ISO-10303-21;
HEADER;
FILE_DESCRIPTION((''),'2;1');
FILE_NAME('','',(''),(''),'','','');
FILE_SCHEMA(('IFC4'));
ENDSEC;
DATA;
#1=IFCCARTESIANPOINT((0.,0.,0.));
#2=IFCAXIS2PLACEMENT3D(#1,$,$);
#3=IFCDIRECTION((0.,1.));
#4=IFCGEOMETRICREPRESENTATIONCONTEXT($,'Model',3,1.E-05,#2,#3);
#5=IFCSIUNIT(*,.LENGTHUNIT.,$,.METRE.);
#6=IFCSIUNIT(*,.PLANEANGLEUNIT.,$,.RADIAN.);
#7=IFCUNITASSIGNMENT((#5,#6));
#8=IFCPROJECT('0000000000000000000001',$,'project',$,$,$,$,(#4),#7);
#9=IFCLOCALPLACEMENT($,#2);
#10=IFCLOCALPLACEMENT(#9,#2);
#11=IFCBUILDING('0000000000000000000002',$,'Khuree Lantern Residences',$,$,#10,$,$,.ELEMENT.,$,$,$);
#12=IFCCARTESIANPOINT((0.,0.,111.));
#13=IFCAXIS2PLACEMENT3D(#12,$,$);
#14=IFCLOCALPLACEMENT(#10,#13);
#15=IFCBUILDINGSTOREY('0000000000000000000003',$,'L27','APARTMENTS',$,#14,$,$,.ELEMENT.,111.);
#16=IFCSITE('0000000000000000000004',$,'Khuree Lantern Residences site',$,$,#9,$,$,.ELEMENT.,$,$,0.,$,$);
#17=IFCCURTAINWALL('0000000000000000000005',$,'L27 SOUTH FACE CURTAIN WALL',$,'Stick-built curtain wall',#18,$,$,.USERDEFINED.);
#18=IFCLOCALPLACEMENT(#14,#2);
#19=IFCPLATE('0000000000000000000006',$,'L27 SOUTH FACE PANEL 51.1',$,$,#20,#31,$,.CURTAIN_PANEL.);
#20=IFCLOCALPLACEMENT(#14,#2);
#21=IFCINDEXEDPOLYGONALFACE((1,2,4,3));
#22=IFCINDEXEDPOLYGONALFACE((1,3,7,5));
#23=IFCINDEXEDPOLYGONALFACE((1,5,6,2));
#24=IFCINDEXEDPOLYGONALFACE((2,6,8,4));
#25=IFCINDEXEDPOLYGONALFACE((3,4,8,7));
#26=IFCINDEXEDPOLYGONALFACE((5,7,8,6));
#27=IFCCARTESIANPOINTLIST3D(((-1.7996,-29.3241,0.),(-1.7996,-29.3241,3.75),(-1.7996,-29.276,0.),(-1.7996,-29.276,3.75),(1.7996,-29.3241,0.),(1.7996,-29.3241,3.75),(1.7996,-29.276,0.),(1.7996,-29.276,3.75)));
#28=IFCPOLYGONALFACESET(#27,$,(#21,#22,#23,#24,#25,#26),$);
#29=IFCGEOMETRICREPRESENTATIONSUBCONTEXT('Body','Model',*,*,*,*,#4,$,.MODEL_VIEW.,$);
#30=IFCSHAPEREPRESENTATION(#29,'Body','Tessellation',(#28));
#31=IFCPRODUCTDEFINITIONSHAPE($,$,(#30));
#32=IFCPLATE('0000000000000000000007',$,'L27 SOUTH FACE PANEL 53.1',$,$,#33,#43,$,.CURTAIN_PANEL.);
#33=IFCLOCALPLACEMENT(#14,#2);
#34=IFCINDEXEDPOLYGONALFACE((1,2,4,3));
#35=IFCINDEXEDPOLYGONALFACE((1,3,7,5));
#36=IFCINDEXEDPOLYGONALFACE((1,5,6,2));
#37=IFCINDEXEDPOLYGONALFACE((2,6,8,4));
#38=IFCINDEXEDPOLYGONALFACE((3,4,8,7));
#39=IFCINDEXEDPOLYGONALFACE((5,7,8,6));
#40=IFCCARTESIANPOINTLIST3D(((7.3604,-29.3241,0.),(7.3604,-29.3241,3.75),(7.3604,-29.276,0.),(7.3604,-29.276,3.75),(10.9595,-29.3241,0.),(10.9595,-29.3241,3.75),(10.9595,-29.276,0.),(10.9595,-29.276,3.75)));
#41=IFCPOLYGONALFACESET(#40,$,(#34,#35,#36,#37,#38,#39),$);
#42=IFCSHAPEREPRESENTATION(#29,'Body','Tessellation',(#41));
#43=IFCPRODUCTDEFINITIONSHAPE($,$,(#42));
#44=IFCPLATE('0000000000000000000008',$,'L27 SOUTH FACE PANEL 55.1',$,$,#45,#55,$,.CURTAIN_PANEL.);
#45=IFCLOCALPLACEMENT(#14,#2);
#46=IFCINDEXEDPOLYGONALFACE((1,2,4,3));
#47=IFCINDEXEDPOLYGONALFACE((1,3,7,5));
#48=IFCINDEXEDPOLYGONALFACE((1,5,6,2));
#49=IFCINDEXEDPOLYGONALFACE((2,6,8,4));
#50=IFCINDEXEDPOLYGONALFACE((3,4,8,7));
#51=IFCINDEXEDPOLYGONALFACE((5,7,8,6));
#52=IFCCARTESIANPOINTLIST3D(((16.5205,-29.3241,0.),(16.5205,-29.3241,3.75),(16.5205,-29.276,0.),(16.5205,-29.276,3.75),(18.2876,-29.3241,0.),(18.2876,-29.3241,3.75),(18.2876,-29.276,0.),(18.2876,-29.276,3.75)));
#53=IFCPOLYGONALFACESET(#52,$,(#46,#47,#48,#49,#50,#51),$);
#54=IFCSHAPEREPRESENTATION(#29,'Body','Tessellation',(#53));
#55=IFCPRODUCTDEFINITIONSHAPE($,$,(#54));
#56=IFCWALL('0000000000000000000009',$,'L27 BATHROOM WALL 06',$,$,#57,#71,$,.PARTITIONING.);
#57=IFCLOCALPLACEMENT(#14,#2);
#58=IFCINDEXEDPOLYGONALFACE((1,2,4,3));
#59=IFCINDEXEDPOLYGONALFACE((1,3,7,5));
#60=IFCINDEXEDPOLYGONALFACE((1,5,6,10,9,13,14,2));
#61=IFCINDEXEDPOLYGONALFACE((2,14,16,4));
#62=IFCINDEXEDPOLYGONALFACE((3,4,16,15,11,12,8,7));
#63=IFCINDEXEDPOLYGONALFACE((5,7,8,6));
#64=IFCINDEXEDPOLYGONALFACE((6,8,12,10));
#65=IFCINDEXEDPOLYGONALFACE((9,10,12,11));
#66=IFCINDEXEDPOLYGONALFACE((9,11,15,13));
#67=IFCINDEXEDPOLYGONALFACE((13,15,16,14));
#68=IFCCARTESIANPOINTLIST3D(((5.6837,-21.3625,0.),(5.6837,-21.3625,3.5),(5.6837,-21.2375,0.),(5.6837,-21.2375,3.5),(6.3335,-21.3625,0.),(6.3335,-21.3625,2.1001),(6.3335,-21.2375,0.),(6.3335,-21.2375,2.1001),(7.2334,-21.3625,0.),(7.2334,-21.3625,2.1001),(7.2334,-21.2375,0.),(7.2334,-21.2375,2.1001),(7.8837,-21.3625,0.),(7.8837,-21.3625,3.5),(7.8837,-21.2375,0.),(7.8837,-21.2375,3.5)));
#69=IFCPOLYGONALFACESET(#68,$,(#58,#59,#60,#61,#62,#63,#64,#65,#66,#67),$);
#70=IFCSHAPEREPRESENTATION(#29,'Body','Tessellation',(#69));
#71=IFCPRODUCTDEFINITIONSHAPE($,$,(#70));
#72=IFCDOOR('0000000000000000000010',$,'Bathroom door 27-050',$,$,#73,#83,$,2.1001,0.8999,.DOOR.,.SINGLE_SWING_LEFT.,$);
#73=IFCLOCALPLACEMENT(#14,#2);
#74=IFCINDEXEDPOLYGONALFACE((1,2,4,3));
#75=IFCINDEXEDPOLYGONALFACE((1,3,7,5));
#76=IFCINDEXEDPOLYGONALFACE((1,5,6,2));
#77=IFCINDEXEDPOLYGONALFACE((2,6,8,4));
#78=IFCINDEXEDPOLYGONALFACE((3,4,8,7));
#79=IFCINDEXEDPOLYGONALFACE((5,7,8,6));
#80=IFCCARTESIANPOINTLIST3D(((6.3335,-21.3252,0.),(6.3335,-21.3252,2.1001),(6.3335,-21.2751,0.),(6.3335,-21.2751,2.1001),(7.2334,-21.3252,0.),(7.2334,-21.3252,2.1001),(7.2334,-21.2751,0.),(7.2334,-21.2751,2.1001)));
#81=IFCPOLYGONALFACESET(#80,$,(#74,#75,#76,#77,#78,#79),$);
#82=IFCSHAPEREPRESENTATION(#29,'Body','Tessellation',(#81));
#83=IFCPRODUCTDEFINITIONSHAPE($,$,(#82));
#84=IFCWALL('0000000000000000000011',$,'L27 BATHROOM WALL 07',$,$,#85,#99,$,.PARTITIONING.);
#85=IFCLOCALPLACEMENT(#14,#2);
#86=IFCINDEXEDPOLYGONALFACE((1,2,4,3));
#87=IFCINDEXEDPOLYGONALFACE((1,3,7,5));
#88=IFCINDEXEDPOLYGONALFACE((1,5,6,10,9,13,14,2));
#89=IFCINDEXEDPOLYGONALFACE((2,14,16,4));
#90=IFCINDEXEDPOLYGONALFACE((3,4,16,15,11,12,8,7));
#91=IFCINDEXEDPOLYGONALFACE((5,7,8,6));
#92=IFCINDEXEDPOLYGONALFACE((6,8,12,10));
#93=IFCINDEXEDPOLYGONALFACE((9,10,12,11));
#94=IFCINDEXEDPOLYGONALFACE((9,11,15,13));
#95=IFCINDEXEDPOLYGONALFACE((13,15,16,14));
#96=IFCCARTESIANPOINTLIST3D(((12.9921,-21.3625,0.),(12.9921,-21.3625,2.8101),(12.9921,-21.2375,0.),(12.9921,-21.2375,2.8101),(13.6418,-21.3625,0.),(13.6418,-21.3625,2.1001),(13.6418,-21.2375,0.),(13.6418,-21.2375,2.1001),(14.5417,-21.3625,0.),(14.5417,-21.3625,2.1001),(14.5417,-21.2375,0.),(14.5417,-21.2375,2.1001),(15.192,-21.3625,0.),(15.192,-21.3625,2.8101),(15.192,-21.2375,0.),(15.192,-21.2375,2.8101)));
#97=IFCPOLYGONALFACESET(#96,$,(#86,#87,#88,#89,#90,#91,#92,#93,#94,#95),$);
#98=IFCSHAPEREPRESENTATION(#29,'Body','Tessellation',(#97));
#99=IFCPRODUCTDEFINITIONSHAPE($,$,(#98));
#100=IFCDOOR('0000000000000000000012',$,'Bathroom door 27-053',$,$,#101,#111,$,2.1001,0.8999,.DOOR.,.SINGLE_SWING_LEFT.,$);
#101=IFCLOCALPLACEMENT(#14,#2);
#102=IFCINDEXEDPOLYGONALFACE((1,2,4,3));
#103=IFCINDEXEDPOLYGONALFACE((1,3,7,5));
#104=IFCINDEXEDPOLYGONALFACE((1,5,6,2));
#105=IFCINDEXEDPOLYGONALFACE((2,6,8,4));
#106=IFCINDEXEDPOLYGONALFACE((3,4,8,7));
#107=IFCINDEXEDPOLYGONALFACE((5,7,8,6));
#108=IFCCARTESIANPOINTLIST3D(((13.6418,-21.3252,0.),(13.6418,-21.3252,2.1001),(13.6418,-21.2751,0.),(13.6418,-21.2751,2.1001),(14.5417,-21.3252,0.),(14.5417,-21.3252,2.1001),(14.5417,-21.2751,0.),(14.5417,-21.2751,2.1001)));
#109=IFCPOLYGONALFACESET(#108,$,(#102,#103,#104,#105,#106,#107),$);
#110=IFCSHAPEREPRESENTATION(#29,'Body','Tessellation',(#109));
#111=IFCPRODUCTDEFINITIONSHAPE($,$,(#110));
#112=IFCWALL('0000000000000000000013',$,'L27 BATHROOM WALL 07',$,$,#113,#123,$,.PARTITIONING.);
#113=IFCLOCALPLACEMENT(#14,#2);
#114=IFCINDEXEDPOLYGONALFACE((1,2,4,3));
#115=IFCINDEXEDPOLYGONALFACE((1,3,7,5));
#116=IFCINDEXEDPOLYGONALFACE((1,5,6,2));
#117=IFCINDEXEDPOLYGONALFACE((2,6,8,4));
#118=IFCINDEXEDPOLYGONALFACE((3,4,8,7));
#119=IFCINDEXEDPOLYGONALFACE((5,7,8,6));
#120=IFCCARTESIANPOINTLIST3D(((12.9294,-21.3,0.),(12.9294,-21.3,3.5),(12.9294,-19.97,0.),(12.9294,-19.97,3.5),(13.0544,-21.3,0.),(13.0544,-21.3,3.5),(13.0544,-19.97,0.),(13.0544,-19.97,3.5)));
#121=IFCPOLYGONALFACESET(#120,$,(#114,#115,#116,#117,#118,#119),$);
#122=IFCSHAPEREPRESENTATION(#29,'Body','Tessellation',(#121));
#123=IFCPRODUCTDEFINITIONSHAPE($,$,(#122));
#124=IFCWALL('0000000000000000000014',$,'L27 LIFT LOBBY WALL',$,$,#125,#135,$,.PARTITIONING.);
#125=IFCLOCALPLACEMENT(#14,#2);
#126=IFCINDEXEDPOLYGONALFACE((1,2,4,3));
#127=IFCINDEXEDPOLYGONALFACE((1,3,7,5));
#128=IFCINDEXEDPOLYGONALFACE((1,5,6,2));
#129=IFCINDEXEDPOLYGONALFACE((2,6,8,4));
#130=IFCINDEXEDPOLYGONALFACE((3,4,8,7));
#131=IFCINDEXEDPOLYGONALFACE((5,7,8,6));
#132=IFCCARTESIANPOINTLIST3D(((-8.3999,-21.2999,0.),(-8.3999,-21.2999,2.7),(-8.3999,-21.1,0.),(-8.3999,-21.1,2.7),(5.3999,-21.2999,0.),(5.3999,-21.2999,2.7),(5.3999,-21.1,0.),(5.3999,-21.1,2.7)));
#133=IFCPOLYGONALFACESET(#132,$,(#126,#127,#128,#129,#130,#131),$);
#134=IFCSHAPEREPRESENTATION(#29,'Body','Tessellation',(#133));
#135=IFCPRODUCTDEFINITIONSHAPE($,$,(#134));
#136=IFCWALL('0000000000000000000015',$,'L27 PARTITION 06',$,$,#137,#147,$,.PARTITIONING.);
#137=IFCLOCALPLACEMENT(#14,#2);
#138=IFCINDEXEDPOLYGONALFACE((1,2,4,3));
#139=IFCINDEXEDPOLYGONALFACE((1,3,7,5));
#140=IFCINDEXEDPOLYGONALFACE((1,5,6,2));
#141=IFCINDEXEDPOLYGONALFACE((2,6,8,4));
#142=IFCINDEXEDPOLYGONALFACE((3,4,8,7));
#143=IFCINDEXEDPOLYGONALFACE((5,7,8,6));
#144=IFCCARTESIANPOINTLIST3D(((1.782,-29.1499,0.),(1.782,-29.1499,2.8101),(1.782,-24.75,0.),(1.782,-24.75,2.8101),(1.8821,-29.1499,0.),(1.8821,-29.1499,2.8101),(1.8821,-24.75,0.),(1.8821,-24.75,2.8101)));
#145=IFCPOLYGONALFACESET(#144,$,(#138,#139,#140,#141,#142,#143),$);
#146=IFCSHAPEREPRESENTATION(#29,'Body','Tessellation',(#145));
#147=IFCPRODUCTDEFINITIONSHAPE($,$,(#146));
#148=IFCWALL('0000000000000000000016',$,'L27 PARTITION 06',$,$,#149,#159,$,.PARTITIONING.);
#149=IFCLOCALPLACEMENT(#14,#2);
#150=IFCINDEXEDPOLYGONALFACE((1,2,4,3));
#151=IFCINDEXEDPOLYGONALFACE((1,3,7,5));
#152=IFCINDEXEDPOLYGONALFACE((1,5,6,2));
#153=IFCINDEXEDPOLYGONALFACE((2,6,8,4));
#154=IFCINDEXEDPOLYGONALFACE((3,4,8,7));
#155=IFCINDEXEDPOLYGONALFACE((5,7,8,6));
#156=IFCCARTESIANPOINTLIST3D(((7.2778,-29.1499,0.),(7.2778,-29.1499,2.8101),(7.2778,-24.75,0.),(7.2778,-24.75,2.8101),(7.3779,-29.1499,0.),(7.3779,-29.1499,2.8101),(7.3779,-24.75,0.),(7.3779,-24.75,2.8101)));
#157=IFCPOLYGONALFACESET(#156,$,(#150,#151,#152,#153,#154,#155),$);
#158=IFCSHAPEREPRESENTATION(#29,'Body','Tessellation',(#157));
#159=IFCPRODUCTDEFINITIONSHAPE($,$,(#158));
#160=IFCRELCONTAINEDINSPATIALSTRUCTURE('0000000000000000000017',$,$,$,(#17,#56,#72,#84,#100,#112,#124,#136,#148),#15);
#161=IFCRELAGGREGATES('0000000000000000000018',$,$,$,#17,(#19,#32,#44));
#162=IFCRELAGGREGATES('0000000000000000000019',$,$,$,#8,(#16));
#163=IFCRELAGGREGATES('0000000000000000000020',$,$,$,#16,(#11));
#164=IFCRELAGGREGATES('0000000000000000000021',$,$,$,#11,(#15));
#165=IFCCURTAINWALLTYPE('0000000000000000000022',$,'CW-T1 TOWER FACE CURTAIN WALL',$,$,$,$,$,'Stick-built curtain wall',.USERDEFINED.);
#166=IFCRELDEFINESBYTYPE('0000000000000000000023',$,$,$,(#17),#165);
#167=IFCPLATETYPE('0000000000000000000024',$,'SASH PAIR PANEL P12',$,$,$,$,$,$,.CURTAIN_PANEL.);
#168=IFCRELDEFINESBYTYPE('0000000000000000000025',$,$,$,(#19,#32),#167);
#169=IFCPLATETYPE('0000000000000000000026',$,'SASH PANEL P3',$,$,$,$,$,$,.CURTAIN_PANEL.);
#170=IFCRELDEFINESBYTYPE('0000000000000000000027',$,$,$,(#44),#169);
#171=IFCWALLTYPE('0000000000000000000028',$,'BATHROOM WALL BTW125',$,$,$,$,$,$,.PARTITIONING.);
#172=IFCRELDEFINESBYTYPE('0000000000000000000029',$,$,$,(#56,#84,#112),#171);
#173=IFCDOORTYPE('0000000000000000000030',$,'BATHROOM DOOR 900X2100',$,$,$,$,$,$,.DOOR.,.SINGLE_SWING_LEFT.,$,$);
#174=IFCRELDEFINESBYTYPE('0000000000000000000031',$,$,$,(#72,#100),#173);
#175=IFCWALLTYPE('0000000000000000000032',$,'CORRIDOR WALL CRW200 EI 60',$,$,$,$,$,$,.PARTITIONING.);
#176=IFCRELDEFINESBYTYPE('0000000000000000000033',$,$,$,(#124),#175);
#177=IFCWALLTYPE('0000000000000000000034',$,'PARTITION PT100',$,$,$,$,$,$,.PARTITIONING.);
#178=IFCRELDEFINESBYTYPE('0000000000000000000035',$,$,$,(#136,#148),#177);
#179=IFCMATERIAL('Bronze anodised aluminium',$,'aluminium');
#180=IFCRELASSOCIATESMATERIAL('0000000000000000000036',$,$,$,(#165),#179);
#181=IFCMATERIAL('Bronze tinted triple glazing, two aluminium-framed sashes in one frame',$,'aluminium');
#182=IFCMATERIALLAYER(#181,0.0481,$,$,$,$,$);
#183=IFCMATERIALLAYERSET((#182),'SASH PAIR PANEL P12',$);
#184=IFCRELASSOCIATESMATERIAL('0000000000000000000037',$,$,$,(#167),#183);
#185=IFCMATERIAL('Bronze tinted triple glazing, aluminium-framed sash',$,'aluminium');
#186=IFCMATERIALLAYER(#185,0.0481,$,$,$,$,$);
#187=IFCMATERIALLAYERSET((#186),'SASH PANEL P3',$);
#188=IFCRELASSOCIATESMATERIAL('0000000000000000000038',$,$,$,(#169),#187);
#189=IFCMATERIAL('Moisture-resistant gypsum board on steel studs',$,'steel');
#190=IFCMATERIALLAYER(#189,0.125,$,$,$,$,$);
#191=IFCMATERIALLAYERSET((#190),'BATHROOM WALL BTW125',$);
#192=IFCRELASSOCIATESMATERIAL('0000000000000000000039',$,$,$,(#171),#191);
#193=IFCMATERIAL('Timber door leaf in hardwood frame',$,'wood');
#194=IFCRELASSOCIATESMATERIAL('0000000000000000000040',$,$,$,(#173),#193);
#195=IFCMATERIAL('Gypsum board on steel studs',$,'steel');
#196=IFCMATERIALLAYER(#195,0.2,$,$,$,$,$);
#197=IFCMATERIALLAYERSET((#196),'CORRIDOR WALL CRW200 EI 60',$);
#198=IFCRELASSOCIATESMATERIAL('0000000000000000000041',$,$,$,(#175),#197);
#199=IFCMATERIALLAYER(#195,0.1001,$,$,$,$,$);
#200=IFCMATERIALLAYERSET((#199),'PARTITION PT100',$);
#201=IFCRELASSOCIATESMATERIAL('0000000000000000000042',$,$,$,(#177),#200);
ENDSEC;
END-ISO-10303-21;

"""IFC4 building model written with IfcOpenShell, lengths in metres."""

from ifc_helpers import new_model, si_unit, direction, frame, frame_2d, origin, origin_2d, place, context, subcontext, project, spatial, rectangle, extrude, material, layer, layer_set, type_object, element, fill, aggregate, save


model = new_model("IFC4")

# Units and contexts
model_context = context("Model", 3, precision=1e-05, world=origin(), true_north=direction((0.0, 1.0)))
body_context = subcontext(model_context, "Body", "Model", "MODEL_VIEW")
ifc_project = project(units=[si_unit("LENGTHUNIT", "METRE"), si_unit("PLANEANGLEUNIT", "RADIAN")], contexts=[model_context])

# Site, building, storey
site_placement = place(None, origin())
site = spatial("IfcSite", under=ifc_project, at=site_placement, Name="Khuree Lantern Residences site", CompositionType="ELEMENT", RefElevation=0.0)
building_placement = place(site_placement, origin())
building = spatial("IfcBuilding", under=site, at=building_placement, Name="Khuree Lantern Residences", CompositionType="ELEMENT")
storey_placement = place(building_placement, frame((0.0, 0.0, 111.0)))
storey = spatial("IfcBuildingStorey", under=building, at=storey_placement, Name="L27", Description="APARTMENTS", CompositionType="ELEMENT", Elevation=111.0)

# Curtain wall
ifc_material_1 = material(Name="Bronze anodised aluminium", Category="aluminium")
curtain_wall_type = type_object("IfcCurtainWallType", Name="CW-T1 TOWER FACE CURTAIN WALL", ElementType="Stick-built curtain wall", PredefinedType="USERDEFINED", material=ifc_material_1)
curtain_wall_placement = place(storey_placement, origin())
curtain_wall = element("IfcCurtainWall", 1, at=curtain_wall_placement, inside=storey, type_object=curtain_wall_type, Name="L27 SOUTH FACE CURTAIN WALL", ObjectType="Stick-built curtain wall", PredefinedType="USERDEFINED")

# Plates
ifc_material_2 = material(Name="Bronze tinted triple glazing, two aluminium-framed sashes in one frame", Category="aluminium")
ifc_layer_1 = layer(ifc_material_2, 0.0481)
ifc_layer_set_1 = layer_set([ifc_layer_1], Name="SASH PAIR PANEL P12")
plate_type_1 = type_object("IfcPlateType", Name="SASH PAIR PANEL P12", PredefinedType="CURTAIN_PANEL", material=ifc_layer_set_1)
plate_1_placement = place(storey_placement, frame((0.0, -29.3, 0.0), z_axis=(0.0, 0.0, 1.0), x_axis=(1.0, 0.0, 0.0)))
plate_1 = element("IfcPlate", 2, at=plate_1_placement, type_object=plate_type_1, Name="L27 SOUTH FACE PANEL 51.1", PredefinedType="CURTAIN_PANEL", context=body_context, shape_type="SweptSolid", body=[
    extrude(rectangle(XDim=3.5991, YDim=0.0481, at=origin_2d()), origin(), (0.0, 0.0, 1.0), 3.75),
])
plate_2_placement = place(storey_placement, frame((9.1599, -29.3, 0.0), z_axis=(0.0, 0.0, 1.0), x_axis=(1.0, 0.0, 0.0)))
plate_2 = element("IfcPlate", 3, at=plate_2_placement, type_object=plate_type_1, Name="L27 SOUTH FACE PANEL 53.1", PredefinedType="CURTAIN_PANEL", context=body_context, shape_type="SweptSolid", body=[
    extrude(rectangle(XDim=3.5991, YDim=0.0481, at=origin_2d()), origin(), (0.0, 0.0, 1.0), 3.75),
])
ifc_material_3 = material(Name="Bronze tinted triple glazing, aluminium-framed sash", Category="aluminium")
ifc_layer_2 = layer(ifc_material_3, 0.0481)
ifc_layer_set_2 = layer_set([ifc_layer_2], Name="SASH PANEL P3")
plate_type_2 = type_object("IfcPlateType", Name="SASH PANEL P3", PredefinedType="CURTAIN_PANEL", material=ifc_layer_set_2)
plate_3_placement = place(storey_placement, frame((17.4041, -29.3, 0.0), z_axis=(0.0, 0.0, 1.0), x_axis=(1.0, 0.0, 0.0)))
plate_3 = element("IfcPlate", 4, at=plate_3_placement, type_object=plate_type_2, Name="L27 SOUTH FACE PANEL 55.1", PredefinedType="CURTAIN_PANEL", context=body_context, shape_type="SweptSolid", body=[
    extrude(rectangle(XDim=1.7671, YDim=0.0481, at=origin_2d()), origin(), (0.0, 0.0, 1.0), 3.75),
])
aggregate(curtain_wall, [plate_1, plate_2, plate_3])

# Walls, openings, doors
ifc_material_4 = material(Name="Moisture-resistant gypsum board on steel studs", Category="steel")
ifc_layer_3 = layer(ifc_material_4, 0.125)
ifc_layer_set_3 = layer_set([ifc_layer_3], Name="BATHROOM WALL BTW125")
wall_type_1 = type_object("IfcWallType", Name="BATHROOM WALL BTW125", PredefinedType="PARTITIONING", material=ifc_layer_set_3)
wall_1_placement = place(storey_placement, frame((5.6836, -21.3, 0.0), z_axis=(0.0, 0.0, 1.0), x_axis=(1.0, 0.0, 0.0)))
wall_1 = element("IfcWall", 5, at=wall_1_placement, inside=storey, type_object=wall_type_1, Name="L27 BATHROOM WALL 06", PredefinedType="PARTITIONING", context=body_context, shape_type="SweptSolid", body=[
    extrude(rectangle(XDim=2.2, YDim=0.125, at=frame_2d((1.1001, 0.0))), origin(), (0.0, 0.0, 1.0), 3.5),
])
opening_1_placement = place(wall_1_placement, frame((0.6499, 0.0, 0.0)))
opening_1 = element("IfcOpeningElement", 6, at=opening_1_placement, cuts=wall_1, PredefinedType="OPENING", context=body_context, shape_type="SweptSolid", body=[
    extrude(rectangle(XDim=0.8999, YDim=2.1001, at=frame_2d((0.45, 1.05))), frame((0.0, 0.0725, 0.0), z_axis=(0.0, -1.0, 0.0), x_axis=(1.0, 0.0, 0.0)), (0.0, 0.0, 1.0), 0.145),
])
ifc_material_5 = material(Name="Timber door leaf in hardwood frame", Category="wood")
door_type_1 = type_object("IfcDoorType", Name="BATHROOM DOOR 900X2100", OperationType="SINGLE_SWING_LEFT", PredefinedType="DOOR", material=ifc_material_5)
door_1_placement = place(opening_1_placement, origin())
door_1 = element("IfcDoor", 7, at=door_1_placement, inside=storey, type_object=door_type_1, Name="Bathroom door 27-050", OperationType="SINGLE_SWING_LEFT", OverallHeight=2.1001, OverallWidth=0.8999, PredefinedType="DOOR", context=body_context, shape_type="SweptSolid", body=[
    extrude(rectangle(XDim=0.8999, YDim=2.1001, at=frame_2d((0.45, 1.05))), frame((0.0, 0.0249, 0.0), z_axis=(0.0, -1.0, 0.0), x_axis=(1.0, 0.0, 0.0)), (0.0, 0.0, 1.0), 0.05),
])
fill(opening_1, door_1)
wall_2_placement = place(storey_placement, frame((12.9919, -21.3, 0.0), z_axis=(0.0, 0.0, 1.0), x_axis=(1.0, 0.0, 0.0)))
wall_2 = element("IfcWall", 8, at=wall_2_placement, inside=storey, type_object=wall_type_1, Name="L27 BATHROOM WALL 07", PredefinedType="PARTITIONING", context=body_context, shape_type="SweptSolid", body=[
    extrude(rectangle(XDim=2.2, YDim=0.125, at=frame_2d((1.1001, 0.0))), origin(), (0.0, 0.0, 1.0), 2.8101),
])
opening_2_placement = place(wall_2_placement, frame((0.6499, 0.0, 0.0)))
opening_2 = element("IfcOpeningElement", 9, at=opening_2_placement, cuts=wall_2, PredefinedType="OPENING", context=body_context, shape_type="SweptSolid", body=[
    extrude(rectangle(XDim=0.8999, YDim=2.1001, at=frame_2d((0.45, 1.05))), frame((0.0, 0.0725, 0.0), z_axis=(0.0, -1.0, 0.0), x_axis=(1.0, 0.0, 0.0)), (0.0, 0.0, 1.0), 0.145),
])
door_2_placement = place(opening_2_placement, origin())
door_2 = element("IfcDoor", 10, at=door_2_placement, inside=storey, type_object=door_type_1, Name="Bathroom door 27-053", OperationType="SINGLE_SWING_LEFT", OverallHeight=2.1001, OverallWidth=0.8999, PredefinedType="DOOR", context=body_context, shape_type="SweptSolid", body=[
    extrude(rectangle(XDim=0.8999, YDim=2.1001, at=frame_2d((0.45, 1.05))), frame((0.0, 0.0249, 0.0), z_axis=(0.0, -1.0, 0.0), x_axis=(1.0, 0.0, 0.0)), (0.0, 0.0, 1.0), 0.05),
])
fill(opening_2, door_2)

# Walls
wall_3_placement = place(storey_placement, frame((12.9919, -19.97, 0.0), z_axis=(0.0, 0.0, 1.0), x_axis=(0.0, -1.0, 0.0)))
element("IfcWall", 11, at=wall_3_placement, inside=storey, type_object=wall_type_1, Name="L27 BATHROOM WALL 07", PredefinedType="PARTITIONING", context=body_context, shape_type="SweptSolid", body=[
    extrude(rectangle(XDim=1.3301, YDim=0.125, at=frame_2d((0.665, 0.0))), origin(), (0.0, 0.0, 1.0), 3.5),
])
ifc_material_6 = material(Name="Gypsum board on steel studs", Category="steel")
ifc_layer_4 = layer(ifc_material_6, 0.2)
ifc_layer_set_4 = layer_set([ifc_layer_4], Name="CORRIDOR WALL CRW200 EI 60")
wall_type_2 = type_object("IfcWallType", Name="CORRIDOR WALL CRW200 EI 60", PredefinedType="PARTITIONING", material=ifc_layer_set_4)
wall_4_placement = place(storey_placement, frame((5.3999, -21.2, 0.0), z_axis=(0.0, 0.0, 1.0), x_axis=(-1.0, 0.0, 0.0)))
element("IfcWall", 12, at=wall_4_placement, inside=storey, type_object=wall_type_2, Name="L27 LIFT LOBBY WALL", PredefinedType="PARTITIONING", context=body_context, shape_type="SweptSolid", body=[
    extrude(rectangle(XDim=13.7998, YDim=0.2, at=frame_2d((6.8999, 0.0))), origin(), (0.0, 0.0, 1.0), 2.7),
])
ifc_layer_5 = layer(ifc_material_6, 0.1001)
ifc_layer_set_5 = layer_set([ifc_layer_5], Name="PARTITION PT100")
wall_type_3 = type_object("IfcWallType", Name="PARTITION PT100", PredefinedType="PARTITIONING", material=ifc_layer_set_5)
for number, where, z_axis, x_axis, name in (
    (13, (1.832, -24.75, 0.0), (0.0, 0.0, 1.0), (0.0, -1.0, 0.0), "L27 PARTITION 06"),
    (14, (7.3279, -24.75, 0.0), (0.0, 0.0, 1.0), (0.0, -1.0, 0.0), "L27 PARTITION 06"),
):
    element("IfcWall", number, at=place(storey_placement, frame(where, z_axis=z_axis, x_axis=x_axis)), inside=storey, type_object=wall_type_3, Name=name, PredefinedType="PARTITIONING", context=body_context, shape_type="SweptSolid", body=[
        extrude(rectangle(XDim=4.3999, YDim=0.1001, at=frame_2d((2.2, 0.0))), origin(), (0.0, 0.0, 1.0), 2.8101),
    ])

save(model, "model.ifc")
